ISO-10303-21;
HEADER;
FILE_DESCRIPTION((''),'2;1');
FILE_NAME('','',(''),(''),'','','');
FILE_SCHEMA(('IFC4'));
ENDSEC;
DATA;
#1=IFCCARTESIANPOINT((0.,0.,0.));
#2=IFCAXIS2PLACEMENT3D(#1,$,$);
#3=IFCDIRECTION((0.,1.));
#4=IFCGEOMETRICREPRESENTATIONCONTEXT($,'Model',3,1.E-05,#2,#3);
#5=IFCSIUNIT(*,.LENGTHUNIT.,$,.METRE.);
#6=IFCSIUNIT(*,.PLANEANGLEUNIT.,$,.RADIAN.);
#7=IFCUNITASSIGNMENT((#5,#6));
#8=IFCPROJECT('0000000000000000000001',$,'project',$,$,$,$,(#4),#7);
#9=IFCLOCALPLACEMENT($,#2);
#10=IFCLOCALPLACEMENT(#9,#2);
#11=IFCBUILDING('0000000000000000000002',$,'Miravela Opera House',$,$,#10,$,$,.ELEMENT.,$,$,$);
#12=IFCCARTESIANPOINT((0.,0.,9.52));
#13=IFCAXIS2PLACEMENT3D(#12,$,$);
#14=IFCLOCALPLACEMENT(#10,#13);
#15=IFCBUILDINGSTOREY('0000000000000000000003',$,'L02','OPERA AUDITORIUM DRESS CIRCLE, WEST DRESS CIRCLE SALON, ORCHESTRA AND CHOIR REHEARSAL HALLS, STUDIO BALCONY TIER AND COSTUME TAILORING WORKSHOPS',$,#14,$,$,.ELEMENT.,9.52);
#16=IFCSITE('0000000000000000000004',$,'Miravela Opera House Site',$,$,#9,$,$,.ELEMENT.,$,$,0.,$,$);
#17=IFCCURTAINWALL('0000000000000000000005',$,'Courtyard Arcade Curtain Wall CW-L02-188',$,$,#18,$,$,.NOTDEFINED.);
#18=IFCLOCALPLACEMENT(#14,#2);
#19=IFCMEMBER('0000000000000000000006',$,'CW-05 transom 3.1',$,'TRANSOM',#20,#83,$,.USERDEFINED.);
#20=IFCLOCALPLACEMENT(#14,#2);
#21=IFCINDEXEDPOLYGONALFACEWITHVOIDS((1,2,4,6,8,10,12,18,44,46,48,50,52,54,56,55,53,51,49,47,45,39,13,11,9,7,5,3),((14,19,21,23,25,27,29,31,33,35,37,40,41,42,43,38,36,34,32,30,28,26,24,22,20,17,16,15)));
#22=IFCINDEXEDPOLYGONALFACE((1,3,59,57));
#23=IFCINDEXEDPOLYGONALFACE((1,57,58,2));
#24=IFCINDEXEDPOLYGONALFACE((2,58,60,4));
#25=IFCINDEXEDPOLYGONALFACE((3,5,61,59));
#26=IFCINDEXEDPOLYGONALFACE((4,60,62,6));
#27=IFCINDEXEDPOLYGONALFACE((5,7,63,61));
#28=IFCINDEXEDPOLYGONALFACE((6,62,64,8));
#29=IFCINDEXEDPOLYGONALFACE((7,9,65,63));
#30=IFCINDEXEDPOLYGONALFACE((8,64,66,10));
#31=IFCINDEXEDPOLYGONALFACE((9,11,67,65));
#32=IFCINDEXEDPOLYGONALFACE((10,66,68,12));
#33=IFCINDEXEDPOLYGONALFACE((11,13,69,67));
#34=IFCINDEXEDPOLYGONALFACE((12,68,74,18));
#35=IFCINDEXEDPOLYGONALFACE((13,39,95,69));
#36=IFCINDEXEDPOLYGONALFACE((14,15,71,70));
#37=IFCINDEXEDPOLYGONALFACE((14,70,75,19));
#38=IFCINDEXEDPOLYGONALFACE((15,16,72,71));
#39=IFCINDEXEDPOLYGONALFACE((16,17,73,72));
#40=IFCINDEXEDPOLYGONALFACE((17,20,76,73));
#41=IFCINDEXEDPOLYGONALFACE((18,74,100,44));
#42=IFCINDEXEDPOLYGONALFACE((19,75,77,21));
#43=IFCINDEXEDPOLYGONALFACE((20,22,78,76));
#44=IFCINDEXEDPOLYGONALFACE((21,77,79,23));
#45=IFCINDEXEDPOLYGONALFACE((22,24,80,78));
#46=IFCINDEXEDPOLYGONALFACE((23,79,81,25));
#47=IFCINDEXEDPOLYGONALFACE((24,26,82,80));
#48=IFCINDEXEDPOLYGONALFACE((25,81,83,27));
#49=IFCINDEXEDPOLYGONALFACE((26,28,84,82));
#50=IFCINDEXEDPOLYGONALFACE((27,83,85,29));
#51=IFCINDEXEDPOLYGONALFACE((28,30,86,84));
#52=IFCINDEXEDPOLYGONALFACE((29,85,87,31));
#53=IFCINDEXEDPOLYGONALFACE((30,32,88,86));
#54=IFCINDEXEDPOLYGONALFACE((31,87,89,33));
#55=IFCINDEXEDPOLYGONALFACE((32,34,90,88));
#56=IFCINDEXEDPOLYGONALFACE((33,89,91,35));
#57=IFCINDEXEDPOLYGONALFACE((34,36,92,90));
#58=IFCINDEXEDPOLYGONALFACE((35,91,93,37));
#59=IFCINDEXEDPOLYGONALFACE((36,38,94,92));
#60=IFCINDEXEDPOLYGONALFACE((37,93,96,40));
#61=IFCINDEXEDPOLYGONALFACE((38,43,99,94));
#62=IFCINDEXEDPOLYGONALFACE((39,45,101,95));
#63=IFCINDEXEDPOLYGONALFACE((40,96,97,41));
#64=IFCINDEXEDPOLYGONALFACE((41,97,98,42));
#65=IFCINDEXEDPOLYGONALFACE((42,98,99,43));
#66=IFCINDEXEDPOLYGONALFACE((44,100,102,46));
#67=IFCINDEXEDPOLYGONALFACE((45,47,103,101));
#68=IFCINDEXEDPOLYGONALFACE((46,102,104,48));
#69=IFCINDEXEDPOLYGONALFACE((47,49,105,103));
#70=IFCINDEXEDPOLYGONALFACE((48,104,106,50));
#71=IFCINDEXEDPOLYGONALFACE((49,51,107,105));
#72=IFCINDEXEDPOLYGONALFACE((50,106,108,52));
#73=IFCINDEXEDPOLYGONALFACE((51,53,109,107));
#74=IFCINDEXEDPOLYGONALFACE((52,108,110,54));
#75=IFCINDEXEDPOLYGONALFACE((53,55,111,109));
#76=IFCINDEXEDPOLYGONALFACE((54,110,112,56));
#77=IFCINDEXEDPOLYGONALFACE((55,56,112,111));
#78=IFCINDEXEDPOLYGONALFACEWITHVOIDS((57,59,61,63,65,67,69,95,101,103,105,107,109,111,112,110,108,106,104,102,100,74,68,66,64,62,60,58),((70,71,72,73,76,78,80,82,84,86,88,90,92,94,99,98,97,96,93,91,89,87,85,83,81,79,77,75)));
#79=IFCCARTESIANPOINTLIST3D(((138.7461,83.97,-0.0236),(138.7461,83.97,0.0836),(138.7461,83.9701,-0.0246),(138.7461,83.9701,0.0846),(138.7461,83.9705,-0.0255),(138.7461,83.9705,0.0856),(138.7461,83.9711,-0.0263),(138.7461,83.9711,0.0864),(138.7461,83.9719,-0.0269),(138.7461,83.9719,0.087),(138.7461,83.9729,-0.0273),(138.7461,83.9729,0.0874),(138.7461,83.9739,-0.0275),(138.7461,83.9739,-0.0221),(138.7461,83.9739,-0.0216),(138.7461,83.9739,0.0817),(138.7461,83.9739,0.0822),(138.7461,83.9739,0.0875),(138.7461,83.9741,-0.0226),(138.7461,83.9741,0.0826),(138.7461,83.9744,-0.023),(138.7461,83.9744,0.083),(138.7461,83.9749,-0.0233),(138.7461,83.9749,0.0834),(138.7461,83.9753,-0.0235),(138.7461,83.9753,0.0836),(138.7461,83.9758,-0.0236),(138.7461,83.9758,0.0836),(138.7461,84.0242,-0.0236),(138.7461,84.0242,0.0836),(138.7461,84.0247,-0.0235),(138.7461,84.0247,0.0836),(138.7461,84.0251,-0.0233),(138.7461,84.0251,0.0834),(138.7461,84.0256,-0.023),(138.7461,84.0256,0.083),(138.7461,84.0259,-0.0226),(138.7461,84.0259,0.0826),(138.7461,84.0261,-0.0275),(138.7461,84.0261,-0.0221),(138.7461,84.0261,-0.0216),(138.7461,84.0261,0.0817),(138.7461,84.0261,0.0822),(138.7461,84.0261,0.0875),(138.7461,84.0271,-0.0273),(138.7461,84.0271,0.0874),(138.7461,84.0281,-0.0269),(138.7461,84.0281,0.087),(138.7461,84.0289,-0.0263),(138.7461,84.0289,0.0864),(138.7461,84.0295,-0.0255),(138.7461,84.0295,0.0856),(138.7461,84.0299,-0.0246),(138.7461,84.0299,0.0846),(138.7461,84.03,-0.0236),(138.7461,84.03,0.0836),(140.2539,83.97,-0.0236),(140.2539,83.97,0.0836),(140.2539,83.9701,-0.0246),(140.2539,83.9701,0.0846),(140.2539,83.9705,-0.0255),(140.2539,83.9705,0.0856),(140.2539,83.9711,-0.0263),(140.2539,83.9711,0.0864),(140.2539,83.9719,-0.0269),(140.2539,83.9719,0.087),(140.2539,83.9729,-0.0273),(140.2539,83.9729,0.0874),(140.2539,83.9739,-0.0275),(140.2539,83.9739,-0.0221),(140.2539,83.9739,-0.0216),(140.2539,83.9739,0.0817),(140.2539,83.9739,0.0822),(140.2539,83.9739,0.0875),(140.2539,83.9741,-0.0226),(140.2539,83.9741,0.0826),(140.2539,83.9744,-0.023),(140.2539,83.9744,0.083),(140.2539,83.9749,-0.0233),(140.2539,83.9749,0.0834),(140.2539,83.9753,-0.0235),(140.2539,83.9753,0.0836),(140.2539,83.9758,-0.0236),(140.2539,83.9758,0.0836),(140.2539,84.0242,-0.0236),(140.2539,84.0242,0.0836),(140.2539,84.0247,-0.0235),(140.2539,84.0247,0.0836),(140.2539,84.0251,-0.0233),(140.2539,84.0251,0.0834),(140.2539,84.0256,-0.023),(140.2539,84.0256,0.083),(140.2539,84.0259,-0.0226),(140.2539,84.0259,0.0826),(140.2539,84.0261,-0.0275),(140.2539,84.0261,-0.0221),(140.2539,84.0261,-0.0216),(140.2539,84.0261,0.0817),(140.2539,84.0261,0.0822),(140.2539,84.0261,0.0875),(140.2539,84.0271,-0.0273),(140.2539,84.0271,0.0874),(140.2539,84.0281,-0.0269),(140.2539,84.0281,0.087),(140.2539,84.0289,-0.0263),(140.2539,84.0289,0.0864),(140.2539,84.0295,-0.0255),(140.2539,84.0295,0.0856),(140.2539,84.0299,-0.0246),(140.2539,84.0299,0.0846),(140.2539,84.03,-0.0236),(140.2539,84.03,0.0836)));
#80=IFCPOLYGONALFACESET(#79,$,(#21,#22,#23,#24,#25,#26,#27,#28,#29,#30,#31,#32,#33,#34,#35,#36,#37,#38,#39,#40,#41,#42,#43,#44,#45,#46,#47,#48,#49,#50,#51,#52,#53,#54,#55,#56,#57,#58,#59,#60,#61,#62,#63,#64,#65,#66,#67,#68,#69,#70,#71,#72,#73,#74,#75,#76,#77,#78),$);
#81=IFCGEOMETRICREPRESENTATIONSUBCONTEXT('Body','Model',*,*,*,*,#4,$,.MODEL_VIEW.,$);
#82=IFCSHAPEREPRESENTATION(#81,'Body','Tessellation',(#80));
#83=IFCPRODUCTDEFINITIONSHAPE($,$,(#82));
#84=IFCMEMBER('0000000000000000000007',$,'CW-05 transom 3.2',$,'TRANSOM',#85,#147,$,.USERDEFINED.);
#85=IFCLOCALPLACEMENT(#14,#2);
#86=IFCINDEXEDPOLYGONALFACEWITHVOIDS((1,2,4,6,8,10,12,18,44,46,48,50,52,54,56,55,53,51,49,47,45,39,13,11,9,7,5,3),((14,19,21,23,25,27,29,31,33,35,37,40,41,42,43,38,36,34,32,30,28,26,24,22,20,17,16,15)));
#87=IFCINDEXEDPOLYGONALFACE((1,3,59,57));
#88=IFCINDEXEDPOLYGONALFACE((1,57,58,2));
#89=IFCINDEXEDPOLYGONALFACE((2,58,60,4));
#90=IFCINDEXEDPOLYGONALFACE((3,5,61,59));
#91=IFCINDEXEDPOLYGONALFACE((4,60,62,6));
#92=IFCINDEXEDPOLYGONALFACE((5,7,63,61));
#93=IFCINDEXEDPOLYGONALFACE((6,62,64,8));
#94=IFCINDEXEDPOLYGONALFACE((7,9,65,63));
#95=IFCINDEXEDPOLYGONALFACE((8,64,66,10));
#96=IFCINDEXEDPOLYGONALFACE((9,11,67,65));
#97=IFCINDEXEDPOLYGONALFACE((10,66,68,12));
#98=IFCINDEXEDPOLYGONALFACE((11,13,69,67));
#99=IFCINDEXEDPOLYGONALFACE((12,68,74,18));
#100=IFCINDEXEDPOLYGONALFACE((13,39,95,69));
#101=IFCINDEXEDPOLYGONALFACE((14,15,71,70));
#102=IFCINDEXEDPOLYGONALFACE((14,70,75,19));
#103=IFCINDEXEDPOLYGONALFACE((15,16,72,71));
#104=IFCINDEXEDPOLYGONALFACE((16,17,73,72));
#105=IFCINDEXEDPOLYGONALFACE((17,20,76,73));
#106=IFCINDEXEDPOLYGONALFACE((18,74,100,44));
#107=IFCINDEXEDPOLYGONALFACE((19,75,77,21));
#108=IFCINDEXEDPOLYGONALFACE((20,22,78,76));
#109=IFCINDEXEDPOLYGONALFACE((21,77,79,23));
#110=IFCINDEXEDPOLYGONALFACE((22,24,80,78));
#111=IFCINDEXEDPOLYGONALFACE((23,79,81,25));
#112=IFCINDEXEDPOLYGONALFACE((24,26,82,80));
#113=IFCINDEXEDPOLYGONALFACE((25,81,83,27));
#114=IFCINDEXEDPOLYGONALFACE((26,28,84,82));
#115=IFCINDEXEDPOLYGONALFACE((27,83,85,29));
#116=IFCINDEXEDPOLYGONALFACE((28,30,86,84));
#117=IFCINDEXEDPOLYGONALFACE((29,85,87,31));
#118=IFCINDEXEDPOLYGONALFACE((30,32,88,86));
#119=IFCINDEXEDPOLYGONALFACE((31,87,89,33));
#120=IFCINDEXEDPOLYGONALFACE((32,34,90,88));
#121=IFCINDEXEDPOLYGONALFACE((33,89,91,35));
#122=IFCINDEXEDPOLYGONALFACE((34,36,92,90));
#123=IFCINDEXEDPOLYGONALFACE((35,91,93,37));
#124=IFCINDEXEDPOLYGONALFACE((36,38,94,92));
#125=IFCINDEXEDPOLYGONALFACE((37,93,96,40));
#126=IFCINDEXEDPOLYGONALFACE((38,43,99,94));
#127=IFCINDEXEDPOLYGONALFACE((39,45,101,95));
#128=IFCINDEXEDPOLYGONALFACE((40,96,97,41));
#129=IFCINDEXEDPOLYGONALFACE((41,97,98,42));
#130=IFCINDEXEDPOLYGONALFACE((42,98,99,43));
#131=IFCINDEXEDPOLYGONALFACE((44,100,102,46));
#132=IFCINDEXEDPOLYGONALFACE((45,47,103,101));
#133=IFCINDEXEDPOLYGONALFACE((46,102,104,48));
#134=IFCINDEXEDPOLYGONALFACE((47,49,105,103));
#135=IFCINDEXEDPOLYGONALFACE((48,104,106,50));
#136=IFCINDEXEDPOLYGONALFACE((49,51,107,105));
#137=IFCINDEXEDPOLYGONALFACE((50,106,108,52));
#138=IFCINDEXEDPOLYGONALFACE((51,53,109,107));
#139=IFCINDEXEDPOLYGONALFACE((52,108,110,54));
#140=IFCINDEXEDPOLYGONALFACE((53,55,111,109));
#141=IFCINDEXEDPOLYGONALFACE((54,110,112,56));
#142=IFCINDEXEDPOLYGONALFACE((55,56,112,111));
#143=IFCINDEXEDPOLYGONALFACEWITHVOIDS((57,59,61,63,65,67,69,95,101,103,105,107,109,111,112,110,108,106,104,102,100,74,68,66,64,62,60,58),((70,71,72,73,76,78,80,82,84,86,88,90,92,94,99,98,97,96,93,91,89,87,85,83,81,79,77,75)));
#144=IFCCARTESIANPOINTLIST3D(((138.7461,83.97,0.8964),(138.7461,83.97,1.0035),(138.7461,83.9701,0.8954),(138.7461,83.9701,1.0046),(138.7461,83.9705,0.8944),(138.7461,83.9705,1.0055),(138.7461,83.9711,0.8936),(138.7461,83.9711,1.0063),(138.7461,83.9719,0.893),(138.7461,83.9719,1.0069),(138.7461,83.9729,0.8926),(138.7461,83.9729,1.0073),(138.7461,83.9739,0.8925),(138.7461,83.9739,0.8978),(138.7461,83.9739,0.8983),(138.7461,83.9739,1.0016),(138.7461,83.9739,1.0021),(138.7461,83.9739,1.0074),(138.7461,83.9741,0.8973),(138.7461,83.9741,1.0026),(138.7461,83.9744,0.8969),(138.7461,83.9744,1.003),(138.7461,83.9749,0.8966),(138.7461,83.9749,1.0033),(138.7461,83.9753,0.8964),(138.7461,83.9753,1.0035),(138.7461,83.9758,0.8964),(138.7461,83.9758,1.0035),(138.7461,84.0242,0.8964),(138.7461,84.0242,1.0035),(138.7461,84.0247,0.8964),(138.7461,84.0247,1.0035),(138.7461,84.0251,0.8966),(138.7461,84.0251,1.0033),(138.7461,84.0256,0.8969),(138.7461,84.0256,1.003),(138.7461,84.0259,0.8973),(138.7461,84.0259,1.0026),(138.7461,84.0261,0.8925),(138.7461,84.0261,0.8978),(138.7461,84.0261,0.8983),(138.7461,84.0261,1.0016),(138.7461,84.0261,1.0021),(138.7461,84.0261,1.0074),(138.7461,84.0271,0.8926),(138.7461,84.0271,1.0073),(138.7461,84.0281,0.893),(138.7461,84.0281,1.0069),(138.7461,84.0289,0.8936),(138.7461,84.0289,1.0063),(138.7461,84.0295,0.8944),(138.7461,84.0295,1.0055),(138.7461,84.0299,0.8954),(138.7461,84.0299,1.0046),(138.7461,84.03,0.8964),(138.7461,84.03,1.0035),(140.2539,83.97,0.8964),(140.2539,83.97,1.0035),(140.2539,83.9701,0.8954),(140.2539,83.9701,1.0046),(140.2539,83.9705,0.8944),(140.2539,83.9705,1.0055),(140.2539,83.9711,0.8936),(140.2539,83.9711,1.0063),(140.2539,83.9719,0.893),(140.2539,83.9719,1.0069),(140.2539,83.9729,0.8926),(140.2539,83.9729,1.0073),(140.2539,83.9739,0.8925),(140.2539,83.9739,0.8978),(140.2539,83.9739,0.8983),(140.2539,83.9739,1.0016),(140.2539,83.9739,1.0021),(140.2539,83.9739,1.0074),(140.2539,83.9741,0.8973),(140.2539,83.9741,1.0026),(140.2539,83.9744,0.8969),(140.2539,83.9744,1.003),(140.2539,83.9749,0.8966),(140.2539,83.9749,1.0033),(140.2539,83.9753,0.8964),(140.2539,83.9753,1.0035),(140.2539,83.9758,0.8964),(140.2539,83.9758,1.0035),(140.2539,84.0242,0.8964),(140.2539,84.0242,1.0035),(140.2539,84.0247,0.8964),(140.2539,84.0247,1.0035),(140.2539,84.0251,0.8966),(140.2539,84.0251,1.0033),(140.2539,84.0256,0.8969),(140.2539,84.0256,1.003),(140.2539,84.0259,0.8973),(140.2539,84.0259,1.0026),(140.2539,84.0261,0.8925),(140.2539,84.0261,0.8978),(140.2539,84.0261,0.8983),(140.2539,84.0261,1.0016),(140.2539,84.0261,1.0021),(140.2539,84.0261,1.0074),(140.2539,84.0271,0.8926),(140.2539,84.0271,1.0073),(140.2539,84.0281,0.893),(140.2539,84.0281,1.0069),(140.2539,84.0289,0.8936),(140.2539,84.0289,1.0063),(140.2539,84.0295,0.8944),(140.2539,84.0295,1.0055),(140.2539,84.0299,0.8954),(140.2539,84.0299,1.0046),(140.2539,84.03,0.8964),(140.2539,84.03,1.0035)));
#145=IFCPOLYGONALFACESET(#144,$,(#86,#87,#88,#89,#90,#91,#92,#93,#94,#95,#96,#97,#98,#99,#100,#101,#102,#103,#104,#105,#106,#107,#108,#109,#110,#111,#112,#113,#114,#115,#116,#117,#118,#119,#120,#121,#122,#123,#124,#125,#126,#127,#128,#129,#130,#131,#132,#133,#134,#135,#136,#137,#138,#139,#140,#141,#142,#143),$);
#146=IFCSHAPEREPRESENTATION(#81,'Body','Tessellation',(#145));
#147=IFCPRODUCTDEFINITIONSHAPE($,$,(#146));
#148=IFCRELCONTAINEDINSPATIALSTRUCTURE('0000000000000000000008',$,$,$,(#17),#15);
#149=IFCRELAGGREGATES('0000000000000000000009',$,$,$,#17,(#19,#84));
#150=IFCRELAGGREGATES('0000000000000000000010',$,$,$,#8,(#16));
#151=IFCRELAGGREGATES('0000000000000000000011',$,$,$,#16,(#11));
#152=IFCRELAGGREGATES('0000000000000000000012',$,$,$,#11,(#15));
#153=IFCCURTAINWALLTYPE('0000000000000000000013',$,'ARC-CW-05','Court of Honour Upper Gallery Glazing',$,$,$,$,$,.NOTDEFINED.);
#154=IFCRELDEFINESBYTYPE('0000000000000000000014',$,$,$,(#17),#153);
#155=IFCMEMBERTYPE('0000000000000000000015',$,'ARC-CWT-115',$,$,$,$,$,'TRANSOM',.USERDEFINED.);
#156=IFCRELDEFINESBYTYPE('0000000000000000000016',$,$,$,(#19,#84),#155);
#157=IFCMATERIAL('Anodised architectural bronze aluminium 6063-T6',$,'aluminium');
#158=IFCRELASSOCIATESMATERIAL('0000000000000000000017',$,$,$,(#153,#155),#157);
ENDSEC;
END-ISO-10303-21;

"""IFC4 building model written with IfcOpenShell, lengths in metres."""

from ifc_helpers import new_model, si_unit, direction, frame, origin, origin_2d, place, context, subcontext, project, spatial, hollow_rectangle, extrude, material, material_profile, profile_set, type_object, element, aggregate, save


model = new_model("IFC4")

# Units and contexts
model_context = context("Model", 3, precision=1e-05, world=origin(), true_north=direction((0.0, 1.0)))
body_context = subcontext(model_context, "Body", "Model", "MODEL_VIEW")
ifc_project = project(units=[si_unit("LENGTHUNIT", "METRE"), si_unit("PLANEANGLEUNIT", "RADIAN")], contexts=[model_context])

# Site, building, storey
site_placement = place(None, origin())
site = spatial("IfcSite", under=ifc_project, at=site_placement, Name="Miravela Opera House Site", CompositionType="ELEMENT", RefElevation=0.0)
building_placement = place(site_placement, origin())
building = spatial("IfcBuilding", under=site, at=building_placement, Name="Miravela Opera House", CompositionType="ELEMENT")
storey_placement = place(building_placement, frame((0.0, 0.0, 9.52)))
storey = spatial("IfcBuildingStorey", under=building, at=storey_placement, Name="L02", Description="OPERA AUDITORIUM DRESS CIRCLE, WEST DRESS CIRCLE SALON, ORCHESTRA AND CHOIR REHEARSAL HALLS, STUDIO BALCONY TIER AND COSTUME TAILORING WORKSHOPS", CompositionType="ELEMENT", Elevation=9.52)

# Curtain wall, members
ifc_material_1 = material(Name="Anodised architectural bronze aluminium 6063-T6", Category="aluminium")
curtain_wall_type = type_object("IfcCurtainWallType", Name="ARC-CW-05", Description="Court of Honour Upper Gallery Glazing", PredefinedType="NOTDEFINED", material=ifc_material_1)
curtain_wall_placement = place(storey_placement, origin())
curtain_wall = element("IfcCurtainWall", 1, at=curtain_wall_placement, inside=storey, type_object=curtain_wall_type, Name="Courtyard Arcade Curtain Wall CW-L02-188", PredefinedType="NOTDEFINED")
ifc_material_profile_1 = material_profile(ifc_material_1, hollow_rectangle(XDim=0.0601, YDim=0.115, WallThickness=0.0039, InnerFilletRadius=0.002, OuterFilletRadius=0.0039, at=origin_2d()), Name="CWT-60X115")
ifc_profile_set_1 = profile_set([ifc_material_profile_1])
member_type_1 = type_object("IfcMemberType", Name="ARC-CWT-115", ElementType="TRANSOM", PredefinedType="USERDEFINED", material=ifc_profile_set_1)
member_1_placement = place(storey_placement, frame((138.7461, 84.0, 0.03), z_axis=(1.0, 0.0, 0.0), x_axis=(0.0, 1.0, 0.0)))
member_1 = element("IfcMember", 2, at=member_1_placement, type_object=member_type_1, Name="CW-05 transom 3.1", ObjectType="TRANSOM", PredefinedType="USERDEFINED", context=body_context, shape_type="SweptSolid", body=[
    extrude(hollow_rectangle(XDim=0.0601, YDim=0.115, WallThickness=0.0039, InnerFilletRadius=0.002, OuterFilletRadius=0.0039, at=origin_2d()), origin(), (0.0, 0.0, 1.0), 1.5078),
])
member_2_placement = place(storey_placement, frame((138.7461, 84.0, 0.95), z_axis=(1.0, 0.0, 0.0), x_axis=(0.0, 1.0, 0.0)))
member_2 = element("IfcMember", 3, at=member_2_placement, type_object=member_type_1, Name="CW-05 transom 3.2", ObjectType="TRANSOM", PredefinedType="USERDEFINED", context=body_context, shape_type="SweptSolid", body=[
    extrude(hollow_rectangle(XDim=0.0601, YDim=0.115, WallThickness=0.0039, InnerFilletRadius=0.002, OuterFilletRadius=0.0039, at=origin_2d()), origin(), (0.0, 0.0, 1.0), 1.5078),
])
aggregate(curtain_wall, [member_1, member_2])

save(model, "model.ifc")
